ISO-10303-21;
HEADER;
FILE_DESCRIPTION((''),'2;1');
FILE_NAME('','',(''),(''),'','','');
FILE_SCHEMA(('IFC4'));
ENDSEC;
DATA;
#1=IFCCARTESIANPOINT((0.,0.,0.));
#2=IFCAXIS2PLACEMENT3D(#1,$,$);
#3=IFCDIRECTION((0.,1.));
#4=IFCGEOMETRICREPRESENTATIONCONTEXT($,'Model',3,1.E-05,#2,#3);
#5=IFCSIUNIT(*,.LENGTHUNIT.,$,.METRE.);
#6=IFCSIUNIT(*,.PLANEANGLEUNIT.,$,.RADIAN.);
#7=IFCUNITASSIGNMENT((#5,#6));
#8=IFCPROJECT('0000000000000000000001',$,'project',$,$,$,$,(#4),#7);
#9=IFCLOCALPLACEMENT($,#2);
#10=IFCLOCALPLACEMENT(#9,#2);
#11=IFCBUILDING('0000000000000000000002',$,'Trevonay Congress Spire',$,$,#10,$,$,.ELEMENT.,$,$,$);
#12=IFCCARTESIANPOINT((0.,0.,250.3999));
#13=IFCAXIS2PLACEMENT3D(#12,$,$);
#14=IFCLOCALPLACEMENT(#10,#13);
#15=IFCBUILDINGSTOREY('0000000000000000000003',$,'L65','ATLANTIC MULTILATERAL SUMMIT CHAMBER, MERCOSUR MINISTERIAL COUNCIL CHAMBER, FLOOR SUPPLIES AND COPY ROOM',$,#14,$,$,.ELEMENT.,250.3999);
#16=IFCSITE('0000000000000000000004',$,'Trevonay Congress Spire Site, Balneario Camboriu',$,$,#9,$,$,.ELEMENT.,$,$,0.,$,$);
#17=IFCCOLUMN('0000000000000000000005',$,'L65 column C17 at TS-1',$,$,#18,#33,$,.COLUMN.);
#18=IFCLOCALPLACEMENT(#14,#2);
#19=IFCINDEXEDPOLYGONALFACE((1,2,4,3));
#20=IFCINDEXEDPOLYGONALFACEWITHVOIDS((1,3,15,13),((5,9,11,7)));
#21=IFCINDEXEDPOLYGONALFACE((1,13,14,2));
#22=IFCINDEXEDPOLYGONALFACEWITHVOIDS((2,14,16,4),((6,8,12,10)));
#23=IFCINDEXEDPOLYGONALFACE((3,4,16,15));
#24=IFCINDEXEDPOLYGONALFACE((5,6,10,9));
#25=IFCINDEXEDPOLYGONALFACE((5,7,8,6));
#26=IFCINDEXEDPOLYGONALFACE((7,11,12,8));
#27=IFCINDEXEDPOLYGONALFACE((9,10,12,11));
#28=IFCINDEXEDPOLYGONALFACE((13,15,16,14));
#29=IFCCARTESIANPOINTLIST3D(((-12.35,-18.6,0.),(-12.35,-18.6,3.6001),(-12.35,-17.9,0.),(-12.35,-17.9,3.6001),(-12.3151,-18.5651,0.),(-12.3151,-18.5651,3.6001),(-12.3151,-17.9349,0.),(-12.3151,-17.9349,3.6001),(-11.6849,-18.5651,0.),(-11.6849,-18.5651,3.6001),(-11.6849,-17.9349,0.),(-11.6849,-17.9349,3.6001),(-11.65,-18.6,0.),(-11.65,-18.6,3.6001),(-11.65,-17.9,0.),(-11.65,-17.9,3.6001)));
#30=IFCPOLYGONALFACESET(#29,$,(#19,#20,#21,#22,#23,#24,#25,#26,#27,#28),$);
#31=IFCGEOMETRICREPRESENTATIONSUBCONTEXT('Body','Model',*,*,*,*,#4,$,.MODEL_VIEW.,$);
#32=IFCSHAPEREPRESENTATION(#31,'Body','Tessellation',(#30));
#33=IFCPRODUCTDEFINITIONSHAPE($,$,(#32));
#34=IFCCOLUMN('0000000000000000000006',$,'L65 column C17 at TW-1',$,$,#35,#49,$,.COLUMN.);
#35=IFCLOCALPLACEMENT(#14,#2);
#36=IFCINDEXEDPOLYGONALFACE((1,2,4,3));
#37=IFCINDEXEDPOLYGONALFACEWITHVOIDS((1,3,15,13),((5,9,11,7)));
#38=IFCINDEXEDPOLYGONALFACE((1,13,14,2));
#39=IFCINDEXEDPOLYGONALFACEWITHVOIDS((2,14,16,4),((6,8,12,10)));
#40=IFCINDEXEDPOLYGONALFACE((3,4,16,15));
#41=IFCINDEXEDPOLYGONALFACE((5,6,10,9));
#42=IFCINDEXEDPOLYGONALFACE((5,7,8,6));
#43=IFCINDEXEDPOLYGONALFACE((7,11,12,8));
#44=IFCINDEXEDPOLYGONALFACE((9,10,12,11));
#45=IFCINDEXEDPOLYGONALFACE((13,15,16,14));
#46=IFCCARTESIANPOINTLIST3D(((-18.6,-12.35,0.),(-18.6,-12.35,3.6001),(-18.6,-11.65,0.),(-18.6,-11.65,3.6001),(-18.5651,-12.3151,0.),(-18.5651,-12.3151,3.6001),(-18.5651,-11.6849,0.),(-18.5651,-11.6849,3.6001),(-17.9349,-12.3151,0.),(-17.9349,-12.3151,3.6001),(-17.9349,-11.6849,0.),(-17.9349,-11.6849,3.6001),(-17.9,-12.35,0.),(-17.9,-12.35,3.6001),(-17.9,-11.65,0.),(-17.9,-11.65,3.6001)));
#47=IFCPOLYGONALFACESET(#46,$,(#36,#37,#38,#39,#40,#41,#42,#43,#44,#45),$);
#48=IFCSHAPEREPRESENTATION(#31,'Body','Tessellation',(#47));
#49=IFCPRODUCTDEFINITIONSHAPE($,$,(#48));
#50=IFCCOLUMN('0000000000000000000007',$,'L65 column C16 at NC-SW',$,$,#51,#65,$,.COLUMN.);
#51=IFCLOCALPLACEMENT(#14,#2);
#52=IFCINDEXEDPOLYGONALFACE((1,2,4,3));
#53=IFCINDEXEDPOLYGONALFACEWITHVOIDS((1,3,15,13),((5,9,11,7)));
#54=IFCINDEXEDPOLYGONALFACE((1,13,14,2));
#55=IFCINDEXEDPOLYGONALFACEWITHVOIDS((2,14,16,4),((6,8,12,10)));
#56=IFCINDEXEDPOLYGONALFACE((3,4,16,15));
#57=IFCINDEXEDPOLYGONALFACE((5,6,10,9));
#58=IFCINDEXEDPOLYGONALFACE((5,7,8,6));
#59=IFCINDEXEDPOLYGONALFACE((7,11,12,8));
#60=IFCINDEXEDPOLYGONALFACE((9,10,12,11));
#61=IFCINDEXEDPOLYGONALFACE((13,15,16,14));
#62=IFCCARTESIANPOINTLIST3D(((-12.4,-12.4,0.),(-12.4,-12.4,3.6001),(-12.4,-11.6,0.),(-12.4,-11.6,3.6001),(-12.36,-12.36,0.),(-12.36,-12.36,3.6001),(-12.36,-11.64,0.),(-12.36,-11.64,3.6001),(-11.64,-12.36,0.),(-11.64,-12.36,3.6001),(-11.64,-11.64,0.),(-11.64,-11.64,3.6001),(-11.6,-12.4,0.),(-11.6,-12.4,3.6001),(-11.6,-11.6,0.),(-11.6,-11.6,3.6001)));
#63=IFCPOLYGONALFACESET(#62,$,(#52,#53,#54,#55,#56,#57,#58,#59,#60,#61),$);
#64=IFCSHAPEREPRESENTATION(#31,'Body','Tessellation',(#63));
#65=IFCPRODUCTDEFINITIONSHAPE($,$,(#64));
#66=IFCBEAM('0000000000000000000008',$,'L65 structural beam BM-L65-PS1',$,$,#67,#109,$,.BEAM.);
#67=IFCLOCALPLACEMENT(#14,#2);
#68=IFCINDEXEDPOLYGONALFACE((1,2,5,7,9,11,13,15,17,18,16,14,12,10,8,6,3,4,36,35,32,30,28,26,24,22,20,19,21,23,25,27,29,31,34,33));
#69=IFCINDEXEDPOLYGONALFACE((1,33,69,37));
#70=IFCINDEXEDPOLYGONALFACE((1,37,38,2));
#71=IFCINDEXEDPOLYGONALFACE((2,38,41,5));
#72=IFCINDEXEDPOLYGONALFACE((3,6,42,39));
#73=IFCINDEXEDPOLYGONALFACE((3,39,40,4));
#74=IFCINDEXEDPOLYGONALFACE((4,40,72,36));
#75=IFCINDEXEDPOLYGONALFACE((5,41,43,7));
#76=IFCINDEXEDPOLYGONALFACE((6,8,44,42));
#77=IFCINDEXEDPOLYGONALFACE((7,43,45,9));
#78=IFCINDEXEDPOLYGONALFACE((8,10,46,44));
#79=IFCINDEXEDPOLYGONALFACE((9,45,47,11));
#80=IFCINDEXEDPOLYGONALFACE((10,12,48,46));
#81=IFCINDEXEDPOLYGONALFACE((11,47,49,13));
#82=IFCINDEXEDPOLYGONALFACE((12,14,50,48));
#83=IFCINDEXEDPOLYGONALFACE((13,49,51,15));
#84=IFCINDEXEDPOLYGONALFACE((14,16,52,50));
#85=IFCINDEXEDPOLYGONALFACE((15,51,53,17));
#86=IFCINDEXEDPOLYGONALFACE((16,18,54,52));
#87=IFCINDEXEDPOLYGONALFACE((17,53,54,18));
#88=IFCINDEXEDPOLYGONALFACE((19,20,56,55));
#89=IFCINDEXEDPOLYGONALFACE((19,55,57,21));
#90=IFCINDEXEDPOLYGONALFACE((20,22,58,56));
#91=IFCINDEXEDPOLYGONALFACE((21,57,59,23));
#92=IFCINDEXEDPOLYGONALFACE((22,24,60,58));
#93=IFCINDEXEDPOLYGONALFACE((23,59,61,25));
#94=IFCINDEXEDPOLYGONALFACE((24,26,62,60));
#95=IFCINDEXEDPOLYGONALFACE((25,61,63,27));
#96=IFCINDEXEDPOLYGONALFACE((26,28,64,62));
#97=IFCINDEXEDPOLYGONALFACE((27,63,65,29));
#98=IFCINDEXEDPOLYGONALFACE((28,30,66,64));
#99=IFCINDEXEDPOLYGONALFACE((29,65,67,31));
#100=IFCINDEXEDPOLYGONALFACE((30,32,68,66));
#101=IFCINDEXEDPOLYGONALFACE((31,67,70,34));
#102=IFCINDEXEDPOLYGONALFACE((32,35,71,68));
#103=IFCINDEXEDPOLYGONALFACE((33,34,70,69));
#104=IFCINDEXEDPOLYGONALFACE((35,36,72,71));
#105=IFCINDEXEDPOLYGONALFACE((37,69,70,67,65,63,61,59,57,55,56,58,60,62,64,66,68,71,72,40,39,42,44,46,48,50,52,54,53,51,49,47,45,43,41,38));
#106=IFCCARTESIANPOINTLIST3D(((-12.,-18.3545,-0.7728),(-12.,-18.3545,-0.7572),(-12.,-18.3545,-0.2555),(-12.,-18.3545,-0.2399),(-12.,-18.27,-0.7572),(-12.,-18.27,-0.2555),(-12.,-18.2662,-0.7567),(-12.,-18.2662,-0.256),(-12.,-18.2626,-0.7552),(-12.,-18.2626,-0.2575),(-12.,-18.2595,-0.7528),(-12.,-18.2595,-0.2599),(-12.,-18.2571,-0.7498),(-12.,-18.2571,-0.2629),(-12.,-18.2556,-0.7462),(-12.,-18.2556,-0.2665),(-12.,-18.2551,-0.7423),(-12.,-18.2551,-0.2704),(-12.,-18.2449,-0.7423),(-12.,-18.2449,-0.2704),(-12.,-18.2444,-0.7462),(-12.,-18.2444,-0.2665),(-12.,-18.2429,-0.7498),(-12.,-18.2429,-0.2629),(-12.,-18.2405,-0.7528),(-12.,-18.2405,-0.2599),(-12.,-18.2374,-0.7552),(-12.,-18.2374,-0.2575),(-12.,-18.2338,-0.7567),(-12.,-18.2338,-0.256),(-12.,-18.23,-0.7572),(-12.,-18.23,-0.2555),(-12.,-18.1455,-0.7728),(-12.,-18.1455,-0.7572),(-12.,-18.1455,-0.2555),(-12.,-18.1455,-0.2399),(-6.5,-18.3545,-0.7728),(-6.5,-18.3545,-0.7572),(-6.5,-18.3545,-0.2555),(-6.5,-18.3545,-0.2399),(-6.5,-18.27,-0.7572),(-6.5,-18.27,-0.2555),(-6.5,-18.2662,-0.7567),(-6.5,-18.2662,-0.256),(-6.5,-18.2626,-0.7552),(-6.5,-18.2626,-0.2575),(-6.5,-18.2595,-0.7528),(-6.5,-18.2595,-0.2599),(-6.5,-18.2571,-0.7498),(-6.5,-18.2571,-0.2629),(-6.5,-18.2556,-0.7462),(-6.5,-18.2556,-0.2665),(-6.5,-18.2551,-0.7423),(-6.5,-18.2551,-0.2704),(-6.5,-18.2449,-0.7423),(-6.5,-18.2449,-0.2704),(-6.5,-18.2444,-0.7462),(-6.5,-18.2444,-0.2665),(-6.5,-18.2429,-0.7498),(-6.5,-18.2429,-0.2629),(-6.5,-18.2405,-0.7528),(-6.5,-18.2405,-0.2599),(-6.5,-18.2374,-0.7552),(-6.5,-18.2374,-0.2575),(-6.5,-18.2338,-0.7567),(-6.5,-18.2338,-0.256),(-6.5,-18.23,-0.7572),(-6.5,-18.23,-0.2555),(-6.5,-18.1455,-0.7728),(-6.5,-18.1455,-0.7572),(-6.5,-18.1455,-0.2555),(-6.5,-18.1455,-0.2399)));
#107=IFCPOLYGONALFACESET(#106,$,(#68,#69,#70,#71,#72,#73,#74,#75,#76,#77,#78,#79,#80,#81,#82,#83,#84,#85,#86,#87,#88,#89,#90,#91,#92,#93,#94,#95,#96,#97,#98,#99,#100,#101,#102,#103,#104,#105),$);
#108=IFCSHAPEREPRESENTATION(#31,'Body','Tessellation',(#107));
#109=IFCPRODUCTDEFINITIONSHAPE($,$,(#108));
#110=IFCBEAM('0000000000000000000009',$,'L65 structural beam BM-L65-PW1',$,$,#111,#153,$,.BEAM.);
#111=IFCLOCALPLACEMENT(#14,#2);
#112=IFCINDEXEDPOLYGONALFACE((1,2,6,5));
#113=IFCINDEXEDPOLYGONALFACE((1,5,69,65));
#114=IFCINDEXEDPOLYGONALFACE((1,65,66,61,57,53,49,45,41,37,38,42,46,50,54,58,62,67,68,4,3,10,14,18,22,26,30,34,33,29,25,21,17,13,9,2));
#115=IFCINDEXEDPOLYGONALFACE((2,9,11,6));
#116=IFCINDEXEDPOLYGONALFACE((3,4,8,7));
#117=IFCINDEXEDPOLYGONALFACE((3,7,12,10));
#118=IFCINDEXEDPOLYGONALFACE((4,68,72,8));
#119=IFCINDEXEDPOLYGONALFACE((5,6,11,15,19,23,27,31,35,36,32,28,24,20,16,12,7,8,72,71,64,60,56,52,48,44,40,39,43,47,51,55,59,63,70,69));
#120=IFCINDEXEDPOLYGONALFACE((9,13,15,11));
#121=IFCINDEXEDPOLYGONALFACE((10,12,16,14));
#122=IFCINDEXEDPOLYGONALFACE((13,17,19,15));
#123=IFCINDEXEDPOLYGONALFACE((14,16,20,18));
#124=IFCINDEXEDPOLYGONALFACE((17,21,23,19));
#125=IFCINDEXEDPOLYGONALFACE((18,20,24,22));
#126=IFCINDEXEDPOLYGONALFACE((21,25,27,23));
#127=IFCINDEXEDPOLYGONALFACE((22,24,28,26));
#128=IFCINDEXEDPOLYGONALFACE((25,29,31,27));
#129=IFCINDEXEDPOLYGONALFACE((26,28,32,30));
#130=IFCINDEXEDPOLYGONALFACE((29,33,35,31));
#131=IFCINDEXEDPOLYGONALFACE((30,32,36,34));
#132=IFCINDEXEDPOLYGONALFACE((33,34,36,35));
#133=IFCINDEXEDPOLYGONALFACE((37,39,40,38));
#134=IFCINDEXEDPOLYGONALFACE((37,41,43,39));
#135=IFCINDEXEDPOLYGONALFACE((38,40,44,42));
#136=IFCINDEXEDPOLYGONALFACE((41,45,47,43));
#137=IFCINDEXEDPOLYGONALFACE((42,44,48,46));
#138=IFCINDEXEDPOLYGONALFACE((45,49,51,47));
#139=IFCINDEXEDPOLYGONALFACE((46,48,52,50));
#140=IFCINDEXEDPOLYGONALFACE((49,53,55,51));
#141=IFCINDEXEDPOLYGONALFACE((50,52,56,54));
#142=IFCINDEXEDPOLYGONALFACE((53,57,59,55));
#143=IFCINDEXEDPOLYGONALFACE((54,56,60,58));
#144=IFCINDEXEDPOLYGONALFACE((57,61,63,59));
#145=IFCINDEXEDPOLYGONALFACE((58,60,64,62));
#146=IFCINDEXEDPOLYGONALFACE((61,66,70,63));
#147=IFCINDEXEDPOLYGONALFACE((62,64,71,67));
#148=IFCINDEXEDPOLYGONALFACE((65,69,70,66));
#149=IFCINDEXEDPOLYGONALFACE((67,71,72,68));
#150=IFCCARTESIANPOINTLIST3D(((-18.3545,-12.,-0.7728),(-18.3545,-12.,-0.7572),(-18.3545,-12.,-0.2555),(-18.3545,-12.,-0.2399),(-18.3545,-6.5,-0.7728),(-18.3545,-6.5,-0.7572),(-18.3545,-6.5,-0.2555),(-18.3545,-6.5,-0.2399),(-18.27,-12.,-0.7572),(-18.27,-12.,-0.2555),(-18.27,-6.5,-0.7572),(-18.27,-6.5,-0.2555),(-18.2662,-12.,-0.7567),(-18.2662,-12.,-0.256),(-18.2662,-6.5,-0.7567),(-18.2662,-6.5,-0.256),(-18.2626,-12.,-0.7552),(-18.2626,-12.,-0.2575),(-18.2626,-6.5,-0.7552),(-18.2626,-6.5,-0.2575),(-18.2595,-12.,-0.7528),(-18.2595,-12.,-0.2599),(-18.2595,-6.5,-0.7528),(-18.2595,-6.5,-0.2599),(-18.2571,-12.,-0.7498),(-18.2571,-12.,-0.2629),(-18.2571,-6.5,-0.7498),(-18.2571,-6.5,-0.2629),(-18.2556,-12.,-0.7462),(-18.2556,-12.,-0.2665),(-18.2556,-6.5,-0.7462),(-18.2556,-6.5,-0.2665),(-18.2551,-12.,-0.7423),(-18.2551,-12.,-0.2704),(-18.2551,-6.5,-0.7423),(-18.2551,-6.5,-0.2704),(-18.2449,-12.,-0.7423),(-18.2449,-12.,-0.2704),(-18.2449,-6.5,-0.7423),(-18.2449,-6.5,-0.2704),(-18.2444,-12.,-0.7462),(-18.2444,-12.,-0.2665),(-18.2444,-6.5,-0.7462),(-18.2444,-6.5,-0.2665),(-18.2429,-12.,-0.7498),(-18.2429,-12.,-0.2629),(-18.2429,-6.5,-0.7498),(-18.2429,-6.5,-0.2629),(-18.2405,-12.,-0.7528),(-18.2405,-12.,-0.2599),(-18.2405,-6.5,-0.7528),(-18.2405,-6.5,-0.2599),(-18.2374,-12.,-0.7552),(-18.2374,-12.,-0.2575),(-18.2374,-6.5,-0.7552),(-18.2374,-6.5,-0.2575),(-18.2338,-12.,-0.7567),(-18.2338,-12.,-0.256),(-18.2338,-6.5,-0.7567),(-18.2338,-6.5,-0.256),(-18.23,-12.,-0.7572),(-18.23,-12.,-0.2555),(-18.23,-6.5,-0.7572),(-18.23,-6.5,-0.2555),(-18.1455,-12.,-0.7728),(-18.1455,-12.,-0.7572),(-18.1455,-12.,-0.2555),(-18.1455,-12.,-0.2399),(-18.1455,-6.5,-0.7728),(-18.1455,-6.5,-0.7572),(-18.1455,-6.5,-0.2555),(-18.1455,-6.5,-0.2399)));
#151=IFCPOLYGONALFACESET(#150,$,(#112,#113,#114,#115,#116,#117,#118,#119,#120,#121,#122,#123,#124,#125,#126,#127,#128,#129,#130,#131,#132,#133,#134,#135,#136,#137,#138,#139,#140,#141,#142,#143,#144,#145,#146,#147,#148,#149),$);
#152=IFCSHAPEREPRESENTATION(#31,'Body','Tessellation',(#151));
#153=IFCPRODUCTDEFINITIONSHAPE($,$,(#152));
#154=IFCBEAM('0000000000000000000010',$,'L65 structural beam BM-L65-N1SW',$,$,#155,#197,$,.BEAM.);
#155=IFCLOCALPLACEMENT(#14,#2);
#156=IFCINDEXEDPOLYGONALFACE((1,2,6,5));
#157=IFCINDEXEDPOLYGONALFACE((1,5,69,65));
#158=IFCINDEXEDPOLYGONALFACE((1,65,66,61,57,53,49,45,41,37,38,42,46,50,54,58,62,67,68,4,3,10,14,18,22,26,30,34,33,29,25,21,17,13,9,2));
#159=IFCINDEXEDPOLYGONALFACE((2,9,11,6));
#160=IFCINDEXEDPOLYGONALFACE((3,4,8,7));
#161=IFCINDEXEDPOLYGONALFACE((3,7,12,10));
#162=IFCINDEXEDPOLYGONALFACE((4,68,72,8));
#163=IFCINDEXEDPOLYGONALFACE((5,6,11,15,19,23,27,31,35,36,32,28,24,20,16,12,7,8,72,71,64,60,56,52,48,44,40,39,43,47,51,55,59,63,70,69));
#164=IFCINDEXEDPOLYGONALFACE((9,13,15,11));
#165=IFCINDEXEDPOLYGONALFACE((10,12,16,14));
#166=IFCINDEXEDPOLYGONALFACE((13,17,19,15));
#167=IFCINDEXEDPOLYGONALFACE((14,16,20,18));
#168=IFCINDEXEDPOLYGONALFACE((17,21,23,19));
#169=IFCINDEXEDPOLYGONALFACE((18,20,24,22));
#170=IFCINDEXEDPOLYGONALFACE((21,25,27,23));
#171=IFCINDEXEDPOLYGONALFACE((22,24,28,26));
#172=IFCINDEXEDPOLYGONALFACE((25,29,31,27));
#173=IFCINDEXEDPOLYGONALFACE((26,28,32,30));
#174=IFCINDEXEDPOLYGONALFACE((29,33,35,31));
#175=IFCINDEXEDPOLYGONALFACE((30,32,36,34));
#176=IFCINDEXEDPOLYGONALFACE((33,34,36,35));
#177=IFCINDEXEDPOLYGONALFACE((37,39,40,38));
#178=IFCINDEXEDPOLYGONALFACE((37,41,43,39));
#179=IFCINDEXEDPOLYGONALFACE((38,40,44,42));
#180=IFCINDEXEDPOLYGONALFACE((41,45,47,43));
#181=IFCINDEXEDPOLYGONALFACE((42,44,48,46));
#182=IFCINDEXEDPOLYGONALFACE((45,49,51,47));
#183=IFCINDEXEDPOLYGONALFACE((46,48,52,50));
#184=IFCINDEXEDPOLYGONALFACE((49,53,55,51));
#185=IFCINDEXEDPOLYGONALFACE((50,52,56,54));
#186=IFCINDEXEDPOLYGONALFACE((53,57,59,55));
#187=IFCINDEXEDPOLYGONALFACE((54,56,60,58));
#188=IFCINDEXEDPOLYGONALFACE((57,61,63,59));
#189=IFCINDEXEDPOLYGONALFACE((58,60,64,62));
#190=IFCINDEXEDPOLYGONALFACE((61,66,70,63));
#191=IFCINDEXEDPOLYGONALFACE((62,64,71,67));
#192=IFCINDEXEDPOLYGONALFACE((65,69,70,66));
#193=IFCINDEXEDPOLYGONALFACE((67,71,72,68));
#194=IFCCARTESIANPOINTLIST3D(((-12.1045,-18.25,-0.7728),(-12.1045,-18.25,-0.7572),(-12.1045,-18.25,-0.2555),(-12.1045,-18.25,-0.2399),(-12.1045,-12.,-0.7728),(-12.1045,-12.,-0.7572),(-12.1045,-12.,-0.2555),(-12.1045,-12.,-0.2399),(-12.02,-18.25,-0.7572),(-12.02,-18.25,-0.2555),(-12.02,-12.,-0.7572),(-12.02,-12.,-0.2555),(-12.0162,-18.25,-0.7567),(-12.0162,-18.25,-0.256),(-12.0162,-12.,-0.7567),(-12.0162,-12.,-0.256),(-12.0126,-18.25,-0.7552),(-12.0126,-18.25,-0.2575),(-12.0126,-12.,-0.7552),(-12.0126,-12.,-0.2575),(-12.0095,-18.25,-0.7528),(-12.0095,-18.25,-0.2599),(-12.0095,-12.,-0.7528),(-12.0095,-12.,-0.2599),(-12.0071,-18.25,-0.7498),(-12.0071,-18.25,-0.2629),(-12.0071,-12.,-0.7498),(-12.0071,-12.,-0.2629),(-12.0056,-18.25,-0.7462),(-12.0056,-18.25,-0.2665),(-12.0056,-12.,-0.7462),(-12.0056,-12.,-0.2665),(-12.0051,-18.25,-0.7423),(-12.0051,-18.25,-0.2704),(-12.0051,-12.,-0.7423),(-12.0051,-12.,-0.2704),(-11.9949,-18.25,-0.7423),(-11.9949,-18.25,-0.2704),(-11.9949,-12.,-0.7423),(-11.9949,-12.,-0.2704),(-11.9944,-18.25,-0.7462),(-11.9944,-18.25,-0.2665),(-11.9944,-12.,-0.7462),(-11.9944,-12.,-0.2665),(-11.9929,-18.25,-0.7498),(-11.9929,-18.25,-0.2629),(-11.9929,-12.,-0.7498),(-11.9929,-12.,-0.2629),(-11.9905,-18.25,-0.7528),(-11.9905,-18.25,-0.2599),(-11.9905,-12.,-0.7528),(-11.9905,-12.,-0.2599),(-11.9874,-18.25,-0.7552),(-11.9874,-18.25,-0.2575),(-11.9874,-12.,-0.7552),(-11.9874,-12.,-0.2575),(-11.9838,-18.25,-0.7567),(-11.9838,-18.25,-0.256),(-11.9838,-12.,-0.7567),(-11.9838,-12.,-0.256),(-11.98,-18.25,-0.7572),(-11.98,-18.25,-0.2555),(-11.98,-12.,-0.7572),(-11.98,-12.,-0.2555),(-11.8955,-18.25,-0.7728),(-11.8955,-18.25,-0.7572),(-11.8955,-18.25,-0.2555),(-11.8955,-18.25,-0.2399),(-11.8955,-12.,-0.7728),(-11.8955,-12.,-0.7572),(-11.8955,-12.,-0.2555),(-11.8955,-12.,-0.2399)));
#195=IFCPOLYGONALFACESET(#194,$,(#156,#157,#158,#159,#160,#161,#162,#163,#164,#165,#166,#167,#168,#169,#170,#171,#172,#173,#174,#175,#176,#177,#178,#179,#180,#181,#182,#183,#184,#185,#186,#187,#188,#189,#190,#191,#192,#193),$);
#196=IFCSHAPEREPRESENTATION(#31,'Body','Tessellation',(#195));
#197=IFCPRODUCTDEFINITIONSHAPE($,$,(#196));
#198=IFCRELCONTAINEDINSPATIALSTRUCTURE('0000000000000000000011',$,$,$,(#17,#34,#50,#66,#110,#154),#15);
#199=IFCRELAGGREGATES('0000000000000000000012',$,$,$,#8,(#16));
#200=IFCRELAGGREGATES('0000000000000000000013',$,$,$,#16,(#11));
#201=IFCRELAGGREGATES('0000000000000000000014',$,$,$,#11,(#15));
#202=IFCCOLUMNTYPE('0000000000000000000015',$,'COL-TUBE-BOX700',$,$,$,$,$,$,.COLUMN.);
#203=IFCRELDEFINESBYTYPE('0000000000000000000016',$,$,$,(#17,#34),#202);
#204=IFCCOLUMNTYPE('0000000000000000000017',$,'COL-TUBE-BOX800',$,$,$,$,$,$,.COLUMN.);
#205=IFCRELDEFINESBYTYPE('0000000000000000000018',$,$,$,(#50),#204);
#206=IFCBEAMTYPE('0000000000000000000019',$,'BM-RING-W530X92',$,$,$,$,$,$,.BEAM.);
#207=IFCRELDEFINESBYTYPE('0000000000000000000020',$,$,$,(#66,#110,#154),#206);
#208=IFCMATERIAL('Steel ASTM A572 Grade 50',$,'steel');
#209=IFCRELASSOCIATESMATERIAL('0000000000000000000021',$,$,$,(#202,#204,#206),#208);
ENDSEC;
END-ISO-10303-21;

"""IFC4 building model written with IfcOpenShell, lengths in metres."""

from ifc_helpers import new_model, si_unit, direction, frame, origin, origin_2d, place, context, subcontext, project, spatial, hollow_rectangle, i_section, extrude, material, material_profile, profile_set, type_object, element, save


model = new_model("IFC4")

# Units and contexts
model_context = context("Model", 3, precision=1e-05, world=origin(), true_north=direction((0.0, 1.0)))
body_context = subcontext(model_context, "Body", "Model", "MODEL_VIEW")
ifc_project = project(units=[si_unit("LENGTHUNIT", "METRE"), si_unit("PLANEANGLEUNIT", "RADIAN")], contexts=[model_context])

# Site, building, storey
site_placement = place(None, origin())
site = spatial("IfcSite", under=ifc_project, at=site_placement, Name="Trevonay Congress Spire Site, Balneario Camboriu", CompositionType="ELEMENT", RefElevation=0.0)
building_placement = place(site_placement, origin())
building = spatial("IfcBuilding", under=site, at=building_placement, Name="Trevonay Congress Spire", CompositionType="ELEMENT")
storey_placement = place(building_placement, frame((0.0, 0.0, 250.3999)))
storey = spatial("IfcBuildingStorey", under=building, at=storey_placement, Name="L65", Description="ATLANTIC MULTILATERAL SUMMIT CHAMBER, MERCOSUR MINISTERIAL COUNCIL CHAMBER, FLOOR SUPPLIES AND COPY ROOM", CompositionType="ELEMENT", Elevation=250.3999)

# Columns
ifc_material_1 = material(Name="Steel ASTM A572 Grade 50", Category="steel")
ifc_material_profile_1 = material_profile(ifc_material_1, hollow_rectangle(XDim=0.7, YDim=0.7, WallThickness=0.0349, at=origin_2d()), Name="BOX 700x700x35")
ifc_profile_set_1 = profile_set([ifc_material_profile_1], Name="Steel ASTM A572 Grade 50")
column_type_1 = type_object("IfcColumnType", Name="COL-TUBE-BOX700", PredefinedType="COLUMN", material=ifc_profile_set_1)
for number, where, z_axis, x_axis, name in (
    (1, (-12.0, -18.25, 0.0), (0.0, 0.0, 1.0), (1.0, 0.0, 0.0), "L65 column C17 at TS-1"),
    (2, (-18.25, -12.0, 0.0), (0.0, 0.0, 1.0), (1.0, 0.0, 0.0), "L65 column C17 at TW-1"),
):
    element("IfcColumn", number, at=place(storey_placement, frame(where, z_axis=z_axis, x_axis=x_axis)), inside=storey, type_object=column_type_1, Name=name, PredefinedType="COLUMN", context=body_context, shape_type="SweptSolid", body=[
        extrude(hollow_rectangle(XDim=0.7, YDim=0.7, WallThickness=0.0349, at=origin_2d()), origin(), (0.0, 0.0, 1.0), 3.6001),
    ])
ifc_material_profile_2 = material_profile(ifc_material_1, hollow_rectangle(XDim=0.8, YDim=0.8, WallThickness=0.04, at=origin_2d()), Name="BOX 800x800x40")
ifc_profile_set_2 = profile_set([ifc_material_profile_2], Name="Steel ASTM A572 Grade 50")
column_type_2 = type_object("IfcColumnType", Name="COL-TUBE-BOX800", PredefinedType="COLUMN", material=ifc_profile_set_2)
column_placement = place(storey_placement, frame((-12.0, -12.0, 0.0), z_axis=(0.0, 0.0, 1.0), x_axis=(1.0, 0.0, 0.0)))
element("IfcColumn", 3, at=column_placement, inside=storey, type_object=column_type_2, Name="L65 column C16 at NC-SW", PredefinedType="COLUMN", context=body_context, shape_type="SweptSolid", body=[
    extrude(hollow_rectangle(XDim=0.8, YDim=0.8, WallThickness=0.04, at=origin_2d()), origin(), (0.0, 0.0, 1.0), 3.6001),
])

# Beams
ifc_material_profile_3 = material_profile(ifc_material_1, i_section(OverallWidth=0.209, OverallDepth=0.533, WebThickness=0.0103, FlangeThickness=0.0156, FilletRadius=0.0149, at=origin_2d()), Name="W530x92")
ifc_profile_set_3 = profile_set([ifc_material_profile_3], Name="Steel ASTM A572 Grade 50")
beam_type = type_object("IfcBeamType", Name="BM-RING-W530X92", PredefinedType="BEAM", material=ifc_profile_set_3)
for number, where, z_axis, x_axis, name in (
    (4, (-12.0, -18.25, -0.5063), (1.0, 0.0, 0.0), (0.0, 1.0, 0.0), "L65 structural beam BM-L65-PS1"),
    (5, (-18.25, -12.0, -0.5063), (0.0, 1.0, 0.0), (-1.0, 0.0, 0.0), "L65 structural beam BM-L65-PW1"),
):
    element("IfcBeam", number, at=place(storey_placement, frame(where, z_axis=z_axis, x_axis=x_axis)), inside=storey, type_object=beam_type, Name=name, PredefinedType="BEAM", context=body_context, shape_type="SweptSolid", body=[
        extrude(i_section(OverallWidth=0.209, OverallDepth=0.533, WebThickness=0.0103, FlangeThickness=0.0156, FilletRadius=0.0149, at=origin_2d()), origin(), (0.0, 0.0, 1.0), 5.5),
    ])
for number, where, z_axis, x_axis, name in (
    (6, (-12.0, -18.25, -0.5063), (0.0, 1.0, 0.0), (-1.0, 0.0, 0.0), "L65 structural beam BM-L65-N1SW"),
):
    element("IfcBeam", number, at=place(storey_placement, frame(where, z_axis=z_axis, x_axis=x_axis)), inside=storey, type_object=beam_type, Name=name, PredefinedType="BEAM", context=body_context, shape_type="SweptSolid", body=[
        extrude(i_section(OverallWidth=0.209, OverallDepth=0.533, WebThickness=0.0103, FlangeThickness=0.0156, FilletRadius=0.0149, at=origin_2d()), origin(), (0.0, 0.0, 1.0), 6.25),
    ])

save(model, "model.ifc")
